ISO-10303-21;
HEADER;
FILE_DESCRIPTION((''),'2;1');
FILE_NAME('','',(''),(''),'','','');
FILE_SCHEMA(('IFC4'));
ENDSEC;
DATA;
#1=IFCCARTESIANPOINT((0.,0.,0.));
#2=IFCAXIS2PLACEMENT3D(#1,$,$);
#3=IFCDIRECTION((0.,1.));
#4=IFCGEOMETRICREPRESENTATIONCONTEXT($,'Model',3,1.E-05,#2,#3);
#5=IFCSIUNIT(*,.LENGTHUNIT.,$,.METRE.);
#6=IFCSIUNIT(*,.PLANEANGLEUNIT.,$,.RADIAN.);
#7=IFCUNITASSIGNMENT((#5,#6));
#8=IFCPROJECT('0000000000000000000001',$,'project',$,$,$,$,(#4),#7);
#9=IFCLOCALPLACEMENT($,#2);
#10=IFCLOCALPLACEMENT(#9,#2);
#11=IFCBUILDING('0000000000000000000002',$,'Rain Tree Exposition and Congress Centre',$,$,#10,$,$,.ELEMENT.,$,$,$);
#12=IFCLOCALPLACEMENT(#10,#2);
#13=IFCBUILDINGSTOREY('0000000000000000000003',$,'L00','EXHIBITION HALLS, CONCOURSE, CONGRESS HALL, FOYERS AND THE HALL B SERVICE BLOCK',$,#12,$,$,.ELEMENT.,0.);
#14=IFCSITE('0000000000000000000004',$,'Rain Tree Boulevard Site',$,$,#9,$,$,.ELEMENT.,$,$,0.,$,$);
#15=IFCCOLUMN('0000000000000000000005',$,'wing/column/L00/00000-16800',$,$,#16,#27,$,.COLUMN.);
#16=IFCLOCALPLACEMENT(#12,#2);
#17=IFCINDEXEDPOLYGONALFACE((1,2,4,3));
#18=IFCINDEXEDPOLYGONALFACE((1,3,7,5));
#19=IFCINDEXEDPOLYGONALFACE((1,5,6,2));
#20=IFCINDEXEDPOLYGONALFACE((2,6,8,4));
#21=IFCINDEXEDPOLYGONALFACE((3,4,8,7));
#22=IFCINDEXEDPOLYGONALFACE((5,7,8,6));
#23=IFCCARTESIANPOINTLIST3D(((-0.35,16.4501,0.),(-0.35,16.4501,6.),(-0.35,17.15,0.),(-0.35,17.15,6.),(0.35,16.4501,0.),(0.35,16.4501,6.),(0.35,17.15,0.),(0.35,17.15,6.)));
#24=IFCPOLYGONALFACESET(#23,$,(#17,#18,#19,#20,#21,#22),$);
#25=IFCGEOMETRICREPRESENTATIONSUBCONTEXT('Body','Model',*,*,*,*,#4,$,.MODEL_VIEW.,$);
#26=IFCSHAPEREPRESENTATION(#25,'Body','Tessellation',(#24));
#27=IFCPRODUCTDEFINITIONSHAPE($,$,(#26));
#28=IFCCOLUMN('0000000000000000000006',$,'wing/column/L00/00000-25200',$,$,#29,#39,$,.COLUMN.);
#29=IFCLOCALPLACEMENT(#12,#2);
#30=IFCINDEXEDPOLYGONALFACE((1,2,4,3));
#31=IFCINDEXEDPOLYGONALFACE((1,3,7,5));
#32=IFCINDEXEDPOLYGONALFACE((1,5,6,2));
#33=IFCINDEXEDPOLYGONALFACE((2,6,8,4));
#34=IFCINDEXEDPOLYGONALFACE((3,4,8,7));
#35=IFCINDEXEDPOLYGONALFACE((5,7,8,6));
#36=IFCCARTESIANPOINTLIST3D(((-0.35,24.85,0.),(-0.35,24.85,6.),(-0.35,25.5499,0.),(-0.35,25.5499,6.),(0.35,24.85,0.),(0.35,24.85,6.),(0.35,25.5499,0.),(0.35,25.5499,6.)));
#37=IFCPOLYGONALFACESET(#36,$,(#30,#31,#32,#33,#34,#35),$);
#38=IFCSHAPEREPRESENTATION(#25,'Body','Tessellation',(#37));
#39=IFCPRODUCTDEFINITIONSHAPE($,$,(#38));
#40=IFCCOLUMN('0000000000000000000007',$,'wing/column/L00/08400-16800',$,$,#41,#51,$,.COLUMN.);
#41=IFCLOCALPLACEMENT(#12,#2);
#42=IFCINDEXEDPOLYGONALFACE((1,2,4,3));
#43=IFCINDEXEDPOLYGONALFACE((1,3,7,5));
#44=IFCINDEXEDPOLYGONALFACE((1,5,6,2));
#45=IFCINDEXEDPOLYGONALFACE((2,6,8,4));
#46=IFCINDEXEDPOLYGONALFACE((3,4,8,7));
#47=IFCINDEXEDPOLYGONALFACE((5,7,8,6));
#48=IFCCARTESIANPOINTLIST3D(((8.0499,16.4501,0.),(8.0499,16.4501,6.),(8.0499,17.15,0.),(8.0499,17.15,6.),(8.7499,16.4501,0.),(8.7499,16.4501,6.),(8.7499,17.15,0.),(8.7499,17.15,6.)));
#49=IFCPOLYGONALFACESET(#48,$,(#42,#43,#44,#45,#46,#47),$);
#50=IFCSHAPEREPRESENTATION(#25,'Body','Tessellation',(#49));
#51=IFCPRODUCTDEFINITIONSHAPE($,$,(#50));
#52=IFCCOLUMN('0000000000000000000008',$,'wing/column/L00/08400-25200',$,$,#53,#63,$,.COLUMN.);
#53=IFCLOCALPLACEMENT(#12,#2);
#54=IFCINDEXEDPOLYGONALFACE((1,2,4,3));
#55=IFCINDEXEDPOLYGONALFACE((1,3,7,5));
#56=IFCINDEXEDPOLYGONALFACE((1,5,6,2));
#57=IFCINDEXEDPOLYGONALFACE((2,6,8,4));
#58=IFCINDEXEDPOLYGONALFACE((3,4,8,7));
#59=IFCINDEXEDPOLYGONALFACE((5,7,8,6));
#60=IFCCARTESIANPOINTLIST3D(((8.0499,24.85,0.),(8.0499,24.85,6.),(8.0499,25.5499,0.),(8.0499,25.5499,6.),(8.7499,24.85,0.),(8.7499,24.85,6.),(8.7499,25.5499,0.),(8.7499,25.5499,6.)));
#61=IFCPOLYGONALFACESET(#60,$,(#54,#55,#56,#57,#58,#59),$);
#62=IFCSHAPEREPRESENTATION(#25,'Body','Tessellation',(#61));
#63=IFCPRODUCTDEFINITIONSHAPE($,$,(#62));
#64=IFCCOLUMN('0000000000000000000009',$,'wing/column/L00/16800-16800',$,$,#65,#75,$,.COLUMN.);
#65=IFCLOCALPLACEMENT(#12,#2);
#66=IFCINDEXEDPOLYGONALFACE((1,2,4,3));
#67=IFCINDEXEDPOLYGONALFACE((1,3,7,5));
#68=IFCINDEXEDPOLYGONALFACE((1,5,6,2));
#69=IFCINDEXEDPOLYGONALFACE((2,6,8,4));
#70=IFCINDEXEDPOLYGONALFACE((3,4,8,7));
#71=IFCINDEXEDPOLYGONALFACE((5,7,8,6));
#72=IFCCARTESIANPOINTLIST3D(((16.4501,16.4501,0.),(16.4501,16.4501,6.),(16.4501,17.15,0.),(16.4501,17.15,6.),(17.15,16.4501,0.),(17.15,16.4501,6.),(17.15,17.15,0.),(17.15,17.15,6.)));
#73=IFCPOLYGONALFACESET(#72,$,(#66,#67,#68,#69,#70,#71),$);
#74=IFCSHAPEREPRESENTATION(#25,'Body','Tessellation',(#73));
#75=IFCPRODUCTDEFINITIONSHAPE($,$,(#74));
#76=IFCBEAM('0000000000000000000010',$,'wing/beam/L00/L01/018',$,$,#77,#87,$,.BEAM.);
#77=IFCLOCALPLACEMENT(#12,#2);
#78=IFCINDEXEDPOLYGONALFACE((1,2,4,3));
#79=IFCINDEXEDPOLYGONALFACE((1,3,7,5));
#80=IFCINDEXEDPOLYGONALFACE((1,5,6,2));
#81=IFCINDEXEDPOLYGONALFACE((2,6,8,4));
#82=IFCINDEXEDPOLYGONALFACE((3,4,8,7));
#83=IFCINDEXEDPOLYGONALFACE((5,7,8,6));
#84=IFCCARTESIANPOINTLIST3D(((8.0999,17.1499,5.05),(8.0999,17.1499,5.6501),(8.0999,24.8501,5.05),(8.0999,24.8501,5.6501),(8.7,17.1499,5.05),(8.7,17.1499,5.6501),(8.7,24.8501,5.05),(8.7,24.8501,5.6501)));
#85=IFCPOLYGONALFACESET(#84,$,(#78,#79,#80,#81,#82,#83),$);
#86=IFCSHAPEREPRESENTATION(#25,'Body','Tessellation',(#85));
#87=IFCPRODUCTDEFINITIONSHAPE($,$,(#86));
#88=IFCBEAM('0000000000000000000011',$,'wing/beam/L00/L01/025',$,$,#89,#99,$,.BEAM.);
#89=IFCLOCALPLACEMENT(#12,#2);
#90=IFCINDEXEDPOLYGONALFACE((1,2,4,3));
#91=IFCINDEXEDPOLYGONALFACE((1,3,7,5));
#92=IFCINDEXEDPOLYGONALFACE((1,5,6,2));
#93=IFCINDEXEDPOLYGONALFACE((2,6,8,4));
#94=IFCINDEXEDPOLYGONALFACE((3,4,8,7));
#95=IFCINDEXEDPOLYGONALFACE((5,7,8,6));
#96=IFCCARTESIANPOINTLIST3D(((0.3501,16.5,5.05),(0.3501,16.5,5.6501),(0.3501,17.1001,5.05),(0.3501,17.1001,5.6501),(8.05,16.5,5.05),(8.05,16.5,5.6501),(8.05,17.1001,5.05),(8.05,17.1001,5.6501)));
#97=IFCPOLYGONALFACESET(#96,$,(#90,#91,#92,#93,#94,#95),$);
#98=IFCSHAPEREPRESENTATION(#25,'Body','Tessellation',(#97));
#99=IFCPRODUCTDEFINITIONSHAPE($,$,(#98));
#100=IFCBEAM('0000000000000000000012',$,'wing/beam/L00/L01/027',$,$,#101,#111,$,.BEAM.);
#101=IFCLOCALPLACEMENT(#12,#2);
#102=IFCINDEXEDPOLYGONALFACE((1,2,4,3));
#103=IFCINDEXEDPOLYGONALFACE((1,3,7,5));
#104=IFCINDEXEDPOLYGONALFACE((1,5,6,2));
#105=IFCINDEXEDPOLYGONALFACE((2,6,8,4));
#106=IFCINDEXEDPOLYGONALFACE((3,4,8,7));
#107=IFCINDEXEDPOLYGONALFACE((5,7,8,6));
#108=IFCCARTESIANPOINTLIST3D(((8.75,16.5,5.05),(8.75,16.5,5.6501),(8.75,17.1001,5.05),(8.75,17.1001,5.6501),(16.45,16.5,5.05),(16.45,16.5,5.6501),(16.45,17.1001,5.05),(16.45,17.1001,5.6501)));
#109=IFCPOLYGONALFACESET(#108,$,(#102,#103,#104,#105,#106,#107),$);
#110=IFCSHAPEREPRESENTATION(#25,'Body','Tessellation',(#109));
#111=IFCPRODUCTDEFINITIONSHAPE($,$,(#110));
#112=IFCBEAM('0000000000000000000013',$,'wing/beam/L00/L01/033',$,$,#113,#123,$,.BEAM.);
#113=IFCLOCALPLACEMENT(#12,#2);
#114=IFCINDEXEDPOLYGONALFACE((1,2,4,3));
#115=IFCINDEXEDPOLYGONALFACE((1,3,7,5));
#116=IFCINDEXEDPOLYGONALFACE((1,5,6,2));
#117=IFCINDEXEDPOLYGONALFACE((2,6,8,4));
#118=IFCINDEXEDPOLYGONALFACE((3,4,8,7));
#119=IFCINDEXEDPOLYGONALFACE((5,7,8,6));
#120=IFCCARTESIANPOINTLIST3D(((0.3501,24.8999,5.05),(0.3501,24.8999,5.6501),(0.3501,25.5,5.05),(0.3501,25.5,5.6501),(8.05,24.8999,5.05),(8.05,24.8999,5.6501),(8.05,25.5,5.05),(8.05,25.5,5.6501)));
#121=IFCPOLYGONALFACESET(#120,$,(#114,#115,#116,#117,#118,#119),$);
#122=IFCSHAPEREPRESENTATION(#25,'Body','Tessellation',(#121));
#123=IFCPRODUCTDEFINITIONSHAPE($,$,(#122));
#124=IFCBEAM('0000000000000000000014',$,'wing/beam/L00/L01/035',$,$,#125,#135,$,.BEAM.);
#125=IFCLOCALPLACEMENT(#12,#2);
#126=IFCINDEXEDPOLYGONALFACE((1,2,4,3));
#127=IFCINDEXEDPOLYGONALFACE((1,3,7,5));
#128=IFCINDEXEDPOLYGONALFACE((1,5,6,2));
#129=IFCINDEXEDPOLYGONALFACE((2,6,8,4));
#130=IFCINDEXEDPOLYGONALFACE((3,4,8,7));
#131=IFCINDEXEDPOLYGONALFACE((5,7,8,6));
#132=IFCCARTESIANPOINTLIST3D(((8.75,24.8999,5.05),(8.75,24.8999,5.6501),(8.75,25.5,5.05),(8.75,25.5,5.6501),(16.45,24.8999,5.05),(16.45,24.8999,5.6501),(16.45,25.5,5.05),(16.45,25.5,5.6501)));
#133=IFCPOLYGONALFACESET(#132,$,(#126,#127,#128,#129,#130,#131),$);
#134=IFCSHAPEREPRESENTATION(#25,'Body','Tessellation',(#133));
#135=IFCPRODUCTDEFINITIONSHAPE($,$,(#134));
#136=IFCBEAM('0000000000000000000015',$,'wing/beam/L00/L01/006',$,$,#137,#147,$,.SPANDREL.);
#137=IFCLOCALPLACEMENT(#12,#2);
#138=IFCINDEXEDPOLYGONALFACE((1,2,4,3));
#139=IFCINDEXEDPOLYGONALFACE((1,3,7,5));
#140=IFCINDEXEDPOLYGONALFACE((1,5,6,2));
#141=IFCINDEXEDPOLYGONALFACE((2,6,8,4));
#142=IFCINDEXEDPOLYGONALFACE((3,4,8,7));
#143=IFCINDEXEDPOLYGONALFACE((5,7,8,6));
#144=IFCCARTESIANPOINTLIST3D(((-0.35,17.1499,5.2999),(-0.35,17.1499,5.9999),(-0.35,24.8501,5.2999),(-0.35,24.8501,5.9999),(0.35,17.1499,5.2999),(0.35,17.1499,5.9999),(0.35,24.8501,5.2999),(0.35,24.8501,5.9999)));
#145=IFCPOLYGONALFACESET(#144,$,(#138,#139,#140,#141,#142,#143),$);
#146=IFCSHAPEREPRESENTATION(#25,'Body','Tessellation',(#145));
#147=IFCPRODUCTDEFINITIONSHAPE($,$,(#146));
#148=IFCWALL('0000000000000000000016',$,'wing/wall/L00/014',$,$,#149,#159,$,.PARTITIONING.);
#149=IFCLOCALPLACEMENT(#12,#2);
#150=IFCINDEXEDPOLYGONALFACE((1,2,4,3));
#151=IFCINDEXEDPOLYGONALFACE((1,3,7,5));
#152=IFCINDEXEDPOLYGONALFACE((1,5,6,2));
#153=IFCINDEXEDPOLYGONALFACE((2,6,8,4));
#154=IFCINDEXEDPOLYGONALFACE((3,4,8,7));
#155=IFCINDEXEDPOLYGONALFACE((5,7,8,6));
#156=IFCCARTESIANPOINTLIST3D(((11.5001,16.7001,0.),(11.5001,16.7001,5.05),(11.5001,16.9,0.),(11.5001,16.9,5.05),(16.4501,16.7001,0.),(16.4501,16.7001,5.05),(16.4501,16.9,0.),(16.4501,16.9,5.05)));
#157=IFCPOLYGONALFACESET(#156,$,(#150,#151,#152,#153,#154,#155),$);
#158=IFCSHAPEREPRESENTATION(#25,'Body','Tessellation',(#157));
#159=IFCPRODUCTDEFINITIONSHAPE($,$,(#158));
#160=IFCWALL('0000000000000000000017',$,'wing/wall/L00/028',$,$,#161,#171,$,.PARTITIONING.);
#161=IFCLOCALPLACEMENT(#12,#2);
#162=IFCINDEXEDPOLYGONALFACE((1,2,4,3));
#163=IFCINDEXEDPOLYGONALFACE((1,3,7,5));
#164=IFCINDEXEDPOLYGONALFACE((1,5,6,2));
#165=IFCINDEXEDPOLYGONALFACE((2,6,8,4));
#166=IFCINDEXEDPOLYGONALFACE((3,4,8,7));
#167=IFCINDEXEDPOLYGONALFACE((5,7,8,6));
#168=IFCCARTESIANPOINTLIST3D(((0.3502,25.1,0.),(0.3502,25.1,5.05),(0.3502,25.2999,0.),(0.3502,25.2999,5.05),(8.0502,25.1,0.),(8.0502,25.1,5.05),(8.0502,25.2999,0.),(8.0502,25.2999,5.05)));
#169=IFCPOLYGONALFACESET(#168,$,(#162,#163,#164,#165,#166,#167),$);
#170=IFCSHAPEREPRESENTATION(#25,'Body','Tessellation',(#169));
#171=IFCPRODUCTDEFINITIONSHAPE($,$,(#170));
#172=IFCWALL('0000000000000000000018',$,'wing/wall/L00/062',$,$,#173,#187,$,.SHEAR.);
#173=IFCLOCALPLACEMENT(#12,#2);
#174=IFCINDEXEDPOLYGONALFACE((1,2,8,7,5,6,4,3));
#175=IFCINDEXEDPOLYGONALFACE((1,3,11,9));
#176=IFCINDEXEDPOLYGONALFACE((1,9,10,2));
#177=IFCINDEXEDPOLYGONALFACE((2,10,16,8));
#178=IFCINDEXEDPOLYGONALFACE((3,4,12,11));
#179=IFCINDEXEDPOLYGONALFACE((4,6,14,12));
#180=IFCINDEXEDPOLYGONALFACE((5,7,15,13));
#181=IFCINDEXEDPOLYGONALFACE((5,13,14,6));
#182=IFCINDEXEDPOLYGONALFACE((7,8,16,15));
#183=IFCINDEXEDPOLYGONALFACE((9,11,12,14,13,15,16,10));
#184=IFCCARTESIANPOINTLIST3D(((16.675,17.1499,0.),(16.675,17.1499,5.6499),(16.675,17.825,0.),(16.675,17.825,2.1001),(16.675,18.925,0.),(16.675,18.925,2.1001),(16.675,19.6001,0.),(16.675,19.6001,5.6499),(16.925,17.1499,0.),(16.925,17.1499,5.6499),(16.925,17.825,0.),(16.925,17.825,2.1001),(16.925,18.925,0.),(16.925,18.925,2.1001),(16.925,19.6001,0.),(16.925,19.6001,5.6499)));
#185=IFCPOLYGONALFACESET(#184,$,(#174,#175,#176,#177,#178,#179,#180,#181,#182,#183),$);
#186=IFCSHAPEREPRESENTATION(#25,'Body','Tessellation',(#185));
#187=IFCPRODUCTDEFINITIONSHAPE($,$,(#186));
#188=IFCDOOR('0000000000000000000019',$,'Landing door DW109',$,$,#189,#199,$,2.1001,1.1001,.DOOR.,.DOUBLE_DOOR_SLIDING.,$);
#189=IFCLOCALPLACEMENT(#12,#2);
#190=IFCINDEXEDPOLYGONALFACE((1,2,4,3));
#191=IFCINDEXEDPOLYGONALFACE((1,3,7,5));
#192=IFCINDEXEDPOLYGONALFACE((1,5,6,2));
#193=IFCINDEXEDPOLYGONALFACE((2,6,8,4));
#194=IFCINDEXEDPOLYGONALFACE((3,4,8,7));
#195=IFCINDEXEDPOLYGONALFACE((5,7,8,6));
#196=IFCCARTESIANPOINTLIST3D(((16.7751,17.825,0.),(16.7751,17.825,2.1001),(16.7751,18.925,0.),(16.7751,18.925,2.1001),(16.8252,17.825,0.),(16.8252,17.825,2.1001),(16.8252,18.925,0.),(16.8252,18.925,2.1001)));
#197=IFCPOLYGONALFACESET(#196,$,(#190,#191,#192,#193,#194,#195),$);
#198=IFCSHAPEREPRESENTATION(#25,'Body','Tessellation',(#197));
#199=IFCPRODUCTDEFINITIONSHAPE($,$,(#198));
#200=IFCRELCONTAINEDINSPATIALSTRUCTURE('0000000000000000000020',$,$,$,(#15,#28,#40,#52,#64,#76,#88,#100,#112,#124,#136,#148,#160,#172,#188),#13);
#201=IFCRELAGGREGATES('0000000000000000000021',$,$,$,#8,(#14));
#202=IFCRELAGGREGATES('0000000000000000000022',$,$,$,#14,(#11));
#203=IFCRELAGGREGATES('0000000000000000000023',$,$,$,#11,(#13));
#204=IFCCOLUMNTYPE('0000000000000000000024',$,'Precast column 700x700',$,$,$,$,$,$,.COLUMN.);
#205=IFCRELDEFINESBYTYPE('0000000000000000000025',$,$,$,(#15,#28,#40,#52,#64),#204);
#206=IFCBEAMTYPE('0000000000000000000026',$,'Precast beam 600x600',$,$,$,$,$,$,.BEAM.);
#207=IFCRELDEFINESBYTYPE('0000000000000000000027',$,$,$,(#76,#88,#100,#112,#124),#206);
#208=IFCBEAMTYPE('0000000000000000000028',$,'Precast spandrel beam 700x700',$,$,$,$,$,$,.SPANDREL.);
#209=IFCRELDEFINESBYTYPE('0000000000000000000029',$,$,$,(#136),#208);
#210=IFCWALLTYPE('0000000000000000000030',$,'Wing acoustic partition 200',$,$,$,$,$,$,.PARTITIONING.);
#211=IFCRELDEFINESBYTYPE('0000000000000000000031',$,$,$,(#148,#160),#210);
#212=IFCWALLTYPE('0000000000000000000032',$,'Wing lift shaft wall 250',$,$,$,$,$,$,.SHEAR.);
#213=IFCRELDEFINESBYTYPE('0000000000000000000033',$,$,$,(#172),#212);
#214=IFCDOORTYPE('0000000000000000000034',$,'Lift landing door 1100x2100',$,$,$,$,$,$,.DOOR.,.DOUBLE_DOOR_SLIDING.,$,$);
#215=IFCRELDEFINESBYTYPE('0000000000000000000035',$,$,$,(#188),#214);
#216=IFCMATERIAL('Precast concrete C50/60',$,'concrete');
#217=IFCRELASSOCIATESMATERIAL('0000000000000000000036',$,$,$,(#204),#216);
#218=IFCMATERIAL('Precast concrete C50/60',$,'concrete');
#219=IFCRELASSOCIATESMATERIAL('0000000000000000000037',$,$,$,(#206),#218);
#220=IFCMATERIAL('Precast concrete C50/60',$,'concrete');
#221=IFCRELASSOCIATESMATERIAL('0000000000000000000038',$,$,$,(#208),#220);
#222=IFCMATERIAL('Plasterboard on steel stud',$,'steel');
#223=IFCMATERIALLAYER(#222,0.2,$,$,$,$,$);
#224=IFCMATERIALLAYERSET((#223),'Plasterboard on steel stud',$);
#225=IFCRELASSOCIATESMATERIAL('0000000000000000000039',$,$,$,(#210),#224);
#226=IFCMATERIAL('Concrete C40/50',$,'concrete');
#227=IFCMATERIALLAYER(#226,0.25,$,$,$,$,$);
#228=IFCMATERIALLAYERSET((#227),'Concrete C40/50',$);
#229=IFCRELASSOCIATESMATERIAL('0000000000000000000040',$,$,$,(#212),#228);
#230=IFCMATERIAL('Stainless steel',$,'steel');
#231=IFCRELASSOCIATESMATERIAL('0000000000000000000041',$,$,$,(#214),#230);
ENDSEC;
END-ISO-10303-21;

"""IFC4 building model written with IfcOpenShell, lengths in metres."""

from ifc_helpers import new_model, si_unit, direction, frame, frame_2d, origin, origin_2d, place, context, subcontext, project, spatial, rectangle, extrude, material, layer, layer_set, material_profile, profile_set, type_object, element, fill, save


model = new_model("IFC4")

# Units and contexts
model_context = context("Model", 3, precision=1e-05, world=origin(), true_north=direction((0.0, 1.0)))
body_context = subcontext(model_context, "Body", "Model", "MODEL_VIEW")
ifc_project = project(units=[si_unit("LENGTHUNIT", "METRE"), si_unit("PLANEANGLEUNIT", "RADIAN")], contexts=[model_context])

# Site, building, storey
site_placement = place(None, origin())
site = spatial("IfcSite", under=ifc_project, at=site_placement, Name="Rain Tree Boulevard Site", CompositionType="ELEMENT", RefElevation=0.0)
building_placement = place(site_placement, origin())
building = spatial("IfcBuilding", under=site, at=building_placement, Name="Rain Tree Exposition and Congress Centre", CompositionType="ELEMENT")
storey_placement = place(building_placement, origin())
storey = spatial("IfcBuildingStorey", under=building, at=storey_placement, Name="L00", Description="EXHIBITION HALLS, CONCOURSE, CONGRESS HALL, FOYERS AND THE HALL B SERVICE BLOCK", CompositionType="ELEMENT", Elevation=0.0)

# Columns
ifc_material_1 = material(Name="Precast concrete C50/60", Category="concrete")
ifc_material_profile_1 = material_profile(ifc_material_1, rectangle(XDim=0.7, YDim=0.7, at=origin_2d()), Name="RC 700x700")
ifc_profile_set_1 = profile_set([ifc_material_profile_1], Name="Precast concrete C50/60")
column_type = type_object("IfcColumnType", Name="Precast column 700x700", PredefinedType="COLUMN", material=ifc_profile_set_1)
for number, where, z_axis, x_axis, name in (
    (1, (0.0, 16.8, 0.0), (0.0, 0.0, 1.0), (1.0, 0.0, 0.0), "wing/column/L00/00000-16800"),
    (2, (0.0, 25.2, 0.0), (0.0, 0.0, 1.0), (1.0, 0.0, 0.0), "wing/column/L00/00000-25200"),
    (3, (8.3999, 16.8, 0.0), (0.0, 0.0, 1.0), (1.0, 0.0, 0.0), "wing/column/L00/08400-16800"),
    (4, (8.3999, 25.2, 0.0), (0.0, 0.0, 1.0), (1.0, 0.0, 0.0), "wing/column/L00/08400-25200"),
    (5, (16.8, 16.8, 0.0), (0.0, 0.0, 1.0), (1.0, 0.0, 0.0), "wing/column/L00/16800-16800"),
):
    element("IfcColumn", number, at=place(storey_placement, frame(where, z_axis=z_axis, x_axis=x_axis)), inside=storey, type_object=column_type, Name=name, PredefinedType="COLUMN", context=body_context, shape_type="SweptSolid", body=[
        extrude(rectangle(XDim=0.7, YDim=0.7, at=origin_2d()), origin(), (0.0, 0.0, 1.0), 6.0),
    ])

# Beams
ifc_material_2 = material(Name="Precast concrete C50/60", Category="concrete")
ifc_material_profile_2 = material_profile(ifc_material_2, rectangle(XDim=0.6001, YDim=0.6001, at=origin_2d()), Name="RC 600x600")
ifc_profile_set_2 = profile_set([ifc_material_profile_2], Name="Precast concrete C50/60")
beam_type_1 = type_object("IfcBeamType", Name="Precast beam 600x600", PredefinedType="BEAM", material=ifc_profile_set_2)
beam_1_placement = place(storey_placement, frame((8.3999, 17.1499, 5.3501), z_axis=(0.0, 1.0, 0.0), x_axis=(-1.0, 0.0, 0.0)))
element("IfcBeam", 6, at=beam_1_placement, inside=storey, type_object=beam_type_1, Name="wing/beam/L00/L01/018", PredefinedType="BEAM", context=body_context, shape_type="SweptSolid", body=[
    extrude(rectangle(XDim=0.6001, YDim=0.6001, at=origin_2d()), origin(), (0.0, 0.0, 1.0), 7.7002),
])
for number, where, z_axis, x_axis, name in (
    (7, (0.3501, 16.8, 5.3501), (1.0, 0.0, 0.0), (0.0, 1.0, 0.0), "wing/beam/L00/L01/025"),
    (8, (8.75, 16.8, 5.3501), (1.0, 0.0, 0.0), (0.0, 1.0, 0.0), "wing/beam/L00/L01/027"),
    (9, (0.3501, 25.2, 5.3501), (1.0, 0.0, 0.0), (0.0, 1.0, 0.0), "wing/beam/L00/L01/033"),
    (10, (8.75, 25.2, 5.3501), (1.0, 0.0, 0.0), (0.0, 1.0, 0.0), "wing/beam/L00/L01/035"),
):
    element("IfcBeam", number, at=place(storey_placement, frame(where, z_axis=z_axis, x_axis=x_axis)), inside=storey, type_object=beam_type_1, Name=name, PredefinedType="BEAM", context=body_context, shape_type="SweptSolid", body=[
        extrude(rectangle(XDim=0.6001, YDim=0.6001, at=origin_2d()), origin(), (0.0, 0.0, 1.0), 7.7),
    ])
ifc_material_3 = material(Name="Precast concrete C50/60", Category="concrete")
ifc_material_profile_3 = material_profile(ifc_material_3, rectangle(XDim=0.7, YDim=0.7, at=origin_2d()), Name="RC 700x700")
ifc_profile_set_3 = profile_set([ifc_material_profile_3], Name="Precast concrete C50/60")
beam_type_2 = type_object("IfcBeamType", Name="Precast spandrel beam 700x700", PredefinedType="SPANDREL", material=ifc_profile_set_3)
beam_2_placement = place(storey_placement, frame((0.0, 17.1499, 5.6499), z_axis=(0.0, 1.0, 0.0), x_axis=(-1.0, 0.0, 0.0)))
element("IfcBeam", 11, at=beam_2_placement, inside=storey, type_object=beam_type_2, Name="wing/beam/L00/L01/006", PredefinedType="SPANDREL", context=body_context, shape_type="SweptSolid", body=[
    extrude(rectangle(XDim=0.7, YDim=0.7, at=origin_2d()), origin(), (0.0, 0.0, 1.0), 7.7002),
])

# Walls
ifc_material_4 = material(Name="Plasterboard on steel stud", Category="steel")
ifc_layer_1 = layer(ifc_material_4, 0.2)
ifc_layer_set_1 = layer_set([ifc_layer_1], Name="Plasterboard on steel stud")
wall_type_1 = type_object("IfcWallType", Name="Wing acoustic partition 200", PredefinedType="PARTITIONING", material=ifc_layer_set_1)
wall_1_placement = place(storey_placement, frame((11.5, 16.8, 0.0), z_axis=(0.0, 0.0, 1.0), x_axis=(1.0, 0.0, 0.0)))
element("IfcWall", 12, at=wall_1_placement, inside=storey, type_object=wall_type_1, Name="wing/wall/L00/014", PredefinedType="PARTITIONING", context=body_context, shape_type="SweptSolid", body=[
    extrude(rectangle(XDim=4.95, YDim=0.2, at=frame_2d((2.4751, 0.0))), origin(), (0.0, 0.0, 1.0), 5.05),
])
wall_2_placement = place(storey_placement, frame((0.3501, 25.2, 0.0), z_axis=(0.0, 0.0, 1.0), x_axis=(1.0, 0.0, 0.0)))
element("IfcWall", 13, at=wall_2_placement, inside=storey, type_object=wall_type_1, Name="wing/wall/L00/028", PredefinedType="PARTITIONING", context=body_context, shape_type="SweptSolid", body=[
    extrude(rectangle(XDim=7.7, YDim=0.2, at=frame_2d((3.8501, 0.0))), origin(), (0.0, 0.0, 1.0), 5.05),
])

# Wall, opening, door
ifc_material_5 = material(Name="Concrete C40/50", Category="concrete")
ifc_layer_2 = layer(ifc_material_5, 0.25)
ifc_layer_set_2 = layer_set([ifc_layer_2], Name="Concrete C40/50")
wall_type_2 = type_object("IfcWallType", Name="Wing lift shaft wall 250", PredefinedType="SHEAR", material=ifc_layer_set_2)
wall_3_placement = place(storey_placement, frame((16.8, 17.1499, 0.0), z_axis=(0.0, 0.0, 1.0), x_axis=(0.0, 1.0, 0.0)))
wall_3 = element("IfcWall", 14, at=wall_3_placement, inside=storey, type_object=wall_type_2, Name="wing/wall/L00/062", PredefinedType="SHEAR", context=body_context, shape_type="SweptSolid", body=[
    extrude(rectangle(XDim=2.4502, YDim=0.25, at=frame_2d((1.2251, 0.0))), origin(), (0.0, 0.0, 1.0), 5.6499),
])
opening_1_placement = place(wall_3_placement, frame((0.675, 0.0, 0.0)))
opening_1 = element("IfcOpeningElement", 15, at=opening_1_placement, cuts=wall_3, PredefinedType="OPENING", context=body_context, shape_type="SweptSolid", body=[
    extrude(rectangle(XDim=1.1001, YDim=2.1001, at=frame_2d((0.55, 1.05))), frame((0.0, 0.125, 0.0), z_axis=(0.0, -1.0, 0.0), x_axis=(1.0, 0.0, 0.0)), (0.0, 0.0, 1.0), 0.25),
])
ifc_material_6 = material(Name="Stainless steel", Category="steel")
door_type_1 = type_object("IfcDoorType", Name="Lift landing door 1100x2100", OperationType="DOUBLE_DOOR_SLIDING", PredefinedType="DOOR", material=ifc_material_6)
door_1_placement = place(opening_1_placement, origin())
door_1 = element("IfcDoor", 16, at=door_1_placement, inside=storey, type_object=door_type_1, Name="Landing door DW109", OperationType="DOUBLE_DOOR_SLIDING", OverallHeight=2.1001, OverallWidth=1.1001, PredefinedType="DOOR", context=body_context, shape_type="SweptSolid", body=[
    extrude(rectangle(XDim=1.1001, YDim=2.1001, at=frame_2d((0.55, 1.05))), frame((0.0, 0.0249, 0.0), z_axis=(0.0, -1.0, 0.0), x_axis=(1.0, 0.0, 0.0)), (0.0, 0.0, 1.0), 0.05),
])
fill(opening_1, door_1)

save(model, "model.ifc")
